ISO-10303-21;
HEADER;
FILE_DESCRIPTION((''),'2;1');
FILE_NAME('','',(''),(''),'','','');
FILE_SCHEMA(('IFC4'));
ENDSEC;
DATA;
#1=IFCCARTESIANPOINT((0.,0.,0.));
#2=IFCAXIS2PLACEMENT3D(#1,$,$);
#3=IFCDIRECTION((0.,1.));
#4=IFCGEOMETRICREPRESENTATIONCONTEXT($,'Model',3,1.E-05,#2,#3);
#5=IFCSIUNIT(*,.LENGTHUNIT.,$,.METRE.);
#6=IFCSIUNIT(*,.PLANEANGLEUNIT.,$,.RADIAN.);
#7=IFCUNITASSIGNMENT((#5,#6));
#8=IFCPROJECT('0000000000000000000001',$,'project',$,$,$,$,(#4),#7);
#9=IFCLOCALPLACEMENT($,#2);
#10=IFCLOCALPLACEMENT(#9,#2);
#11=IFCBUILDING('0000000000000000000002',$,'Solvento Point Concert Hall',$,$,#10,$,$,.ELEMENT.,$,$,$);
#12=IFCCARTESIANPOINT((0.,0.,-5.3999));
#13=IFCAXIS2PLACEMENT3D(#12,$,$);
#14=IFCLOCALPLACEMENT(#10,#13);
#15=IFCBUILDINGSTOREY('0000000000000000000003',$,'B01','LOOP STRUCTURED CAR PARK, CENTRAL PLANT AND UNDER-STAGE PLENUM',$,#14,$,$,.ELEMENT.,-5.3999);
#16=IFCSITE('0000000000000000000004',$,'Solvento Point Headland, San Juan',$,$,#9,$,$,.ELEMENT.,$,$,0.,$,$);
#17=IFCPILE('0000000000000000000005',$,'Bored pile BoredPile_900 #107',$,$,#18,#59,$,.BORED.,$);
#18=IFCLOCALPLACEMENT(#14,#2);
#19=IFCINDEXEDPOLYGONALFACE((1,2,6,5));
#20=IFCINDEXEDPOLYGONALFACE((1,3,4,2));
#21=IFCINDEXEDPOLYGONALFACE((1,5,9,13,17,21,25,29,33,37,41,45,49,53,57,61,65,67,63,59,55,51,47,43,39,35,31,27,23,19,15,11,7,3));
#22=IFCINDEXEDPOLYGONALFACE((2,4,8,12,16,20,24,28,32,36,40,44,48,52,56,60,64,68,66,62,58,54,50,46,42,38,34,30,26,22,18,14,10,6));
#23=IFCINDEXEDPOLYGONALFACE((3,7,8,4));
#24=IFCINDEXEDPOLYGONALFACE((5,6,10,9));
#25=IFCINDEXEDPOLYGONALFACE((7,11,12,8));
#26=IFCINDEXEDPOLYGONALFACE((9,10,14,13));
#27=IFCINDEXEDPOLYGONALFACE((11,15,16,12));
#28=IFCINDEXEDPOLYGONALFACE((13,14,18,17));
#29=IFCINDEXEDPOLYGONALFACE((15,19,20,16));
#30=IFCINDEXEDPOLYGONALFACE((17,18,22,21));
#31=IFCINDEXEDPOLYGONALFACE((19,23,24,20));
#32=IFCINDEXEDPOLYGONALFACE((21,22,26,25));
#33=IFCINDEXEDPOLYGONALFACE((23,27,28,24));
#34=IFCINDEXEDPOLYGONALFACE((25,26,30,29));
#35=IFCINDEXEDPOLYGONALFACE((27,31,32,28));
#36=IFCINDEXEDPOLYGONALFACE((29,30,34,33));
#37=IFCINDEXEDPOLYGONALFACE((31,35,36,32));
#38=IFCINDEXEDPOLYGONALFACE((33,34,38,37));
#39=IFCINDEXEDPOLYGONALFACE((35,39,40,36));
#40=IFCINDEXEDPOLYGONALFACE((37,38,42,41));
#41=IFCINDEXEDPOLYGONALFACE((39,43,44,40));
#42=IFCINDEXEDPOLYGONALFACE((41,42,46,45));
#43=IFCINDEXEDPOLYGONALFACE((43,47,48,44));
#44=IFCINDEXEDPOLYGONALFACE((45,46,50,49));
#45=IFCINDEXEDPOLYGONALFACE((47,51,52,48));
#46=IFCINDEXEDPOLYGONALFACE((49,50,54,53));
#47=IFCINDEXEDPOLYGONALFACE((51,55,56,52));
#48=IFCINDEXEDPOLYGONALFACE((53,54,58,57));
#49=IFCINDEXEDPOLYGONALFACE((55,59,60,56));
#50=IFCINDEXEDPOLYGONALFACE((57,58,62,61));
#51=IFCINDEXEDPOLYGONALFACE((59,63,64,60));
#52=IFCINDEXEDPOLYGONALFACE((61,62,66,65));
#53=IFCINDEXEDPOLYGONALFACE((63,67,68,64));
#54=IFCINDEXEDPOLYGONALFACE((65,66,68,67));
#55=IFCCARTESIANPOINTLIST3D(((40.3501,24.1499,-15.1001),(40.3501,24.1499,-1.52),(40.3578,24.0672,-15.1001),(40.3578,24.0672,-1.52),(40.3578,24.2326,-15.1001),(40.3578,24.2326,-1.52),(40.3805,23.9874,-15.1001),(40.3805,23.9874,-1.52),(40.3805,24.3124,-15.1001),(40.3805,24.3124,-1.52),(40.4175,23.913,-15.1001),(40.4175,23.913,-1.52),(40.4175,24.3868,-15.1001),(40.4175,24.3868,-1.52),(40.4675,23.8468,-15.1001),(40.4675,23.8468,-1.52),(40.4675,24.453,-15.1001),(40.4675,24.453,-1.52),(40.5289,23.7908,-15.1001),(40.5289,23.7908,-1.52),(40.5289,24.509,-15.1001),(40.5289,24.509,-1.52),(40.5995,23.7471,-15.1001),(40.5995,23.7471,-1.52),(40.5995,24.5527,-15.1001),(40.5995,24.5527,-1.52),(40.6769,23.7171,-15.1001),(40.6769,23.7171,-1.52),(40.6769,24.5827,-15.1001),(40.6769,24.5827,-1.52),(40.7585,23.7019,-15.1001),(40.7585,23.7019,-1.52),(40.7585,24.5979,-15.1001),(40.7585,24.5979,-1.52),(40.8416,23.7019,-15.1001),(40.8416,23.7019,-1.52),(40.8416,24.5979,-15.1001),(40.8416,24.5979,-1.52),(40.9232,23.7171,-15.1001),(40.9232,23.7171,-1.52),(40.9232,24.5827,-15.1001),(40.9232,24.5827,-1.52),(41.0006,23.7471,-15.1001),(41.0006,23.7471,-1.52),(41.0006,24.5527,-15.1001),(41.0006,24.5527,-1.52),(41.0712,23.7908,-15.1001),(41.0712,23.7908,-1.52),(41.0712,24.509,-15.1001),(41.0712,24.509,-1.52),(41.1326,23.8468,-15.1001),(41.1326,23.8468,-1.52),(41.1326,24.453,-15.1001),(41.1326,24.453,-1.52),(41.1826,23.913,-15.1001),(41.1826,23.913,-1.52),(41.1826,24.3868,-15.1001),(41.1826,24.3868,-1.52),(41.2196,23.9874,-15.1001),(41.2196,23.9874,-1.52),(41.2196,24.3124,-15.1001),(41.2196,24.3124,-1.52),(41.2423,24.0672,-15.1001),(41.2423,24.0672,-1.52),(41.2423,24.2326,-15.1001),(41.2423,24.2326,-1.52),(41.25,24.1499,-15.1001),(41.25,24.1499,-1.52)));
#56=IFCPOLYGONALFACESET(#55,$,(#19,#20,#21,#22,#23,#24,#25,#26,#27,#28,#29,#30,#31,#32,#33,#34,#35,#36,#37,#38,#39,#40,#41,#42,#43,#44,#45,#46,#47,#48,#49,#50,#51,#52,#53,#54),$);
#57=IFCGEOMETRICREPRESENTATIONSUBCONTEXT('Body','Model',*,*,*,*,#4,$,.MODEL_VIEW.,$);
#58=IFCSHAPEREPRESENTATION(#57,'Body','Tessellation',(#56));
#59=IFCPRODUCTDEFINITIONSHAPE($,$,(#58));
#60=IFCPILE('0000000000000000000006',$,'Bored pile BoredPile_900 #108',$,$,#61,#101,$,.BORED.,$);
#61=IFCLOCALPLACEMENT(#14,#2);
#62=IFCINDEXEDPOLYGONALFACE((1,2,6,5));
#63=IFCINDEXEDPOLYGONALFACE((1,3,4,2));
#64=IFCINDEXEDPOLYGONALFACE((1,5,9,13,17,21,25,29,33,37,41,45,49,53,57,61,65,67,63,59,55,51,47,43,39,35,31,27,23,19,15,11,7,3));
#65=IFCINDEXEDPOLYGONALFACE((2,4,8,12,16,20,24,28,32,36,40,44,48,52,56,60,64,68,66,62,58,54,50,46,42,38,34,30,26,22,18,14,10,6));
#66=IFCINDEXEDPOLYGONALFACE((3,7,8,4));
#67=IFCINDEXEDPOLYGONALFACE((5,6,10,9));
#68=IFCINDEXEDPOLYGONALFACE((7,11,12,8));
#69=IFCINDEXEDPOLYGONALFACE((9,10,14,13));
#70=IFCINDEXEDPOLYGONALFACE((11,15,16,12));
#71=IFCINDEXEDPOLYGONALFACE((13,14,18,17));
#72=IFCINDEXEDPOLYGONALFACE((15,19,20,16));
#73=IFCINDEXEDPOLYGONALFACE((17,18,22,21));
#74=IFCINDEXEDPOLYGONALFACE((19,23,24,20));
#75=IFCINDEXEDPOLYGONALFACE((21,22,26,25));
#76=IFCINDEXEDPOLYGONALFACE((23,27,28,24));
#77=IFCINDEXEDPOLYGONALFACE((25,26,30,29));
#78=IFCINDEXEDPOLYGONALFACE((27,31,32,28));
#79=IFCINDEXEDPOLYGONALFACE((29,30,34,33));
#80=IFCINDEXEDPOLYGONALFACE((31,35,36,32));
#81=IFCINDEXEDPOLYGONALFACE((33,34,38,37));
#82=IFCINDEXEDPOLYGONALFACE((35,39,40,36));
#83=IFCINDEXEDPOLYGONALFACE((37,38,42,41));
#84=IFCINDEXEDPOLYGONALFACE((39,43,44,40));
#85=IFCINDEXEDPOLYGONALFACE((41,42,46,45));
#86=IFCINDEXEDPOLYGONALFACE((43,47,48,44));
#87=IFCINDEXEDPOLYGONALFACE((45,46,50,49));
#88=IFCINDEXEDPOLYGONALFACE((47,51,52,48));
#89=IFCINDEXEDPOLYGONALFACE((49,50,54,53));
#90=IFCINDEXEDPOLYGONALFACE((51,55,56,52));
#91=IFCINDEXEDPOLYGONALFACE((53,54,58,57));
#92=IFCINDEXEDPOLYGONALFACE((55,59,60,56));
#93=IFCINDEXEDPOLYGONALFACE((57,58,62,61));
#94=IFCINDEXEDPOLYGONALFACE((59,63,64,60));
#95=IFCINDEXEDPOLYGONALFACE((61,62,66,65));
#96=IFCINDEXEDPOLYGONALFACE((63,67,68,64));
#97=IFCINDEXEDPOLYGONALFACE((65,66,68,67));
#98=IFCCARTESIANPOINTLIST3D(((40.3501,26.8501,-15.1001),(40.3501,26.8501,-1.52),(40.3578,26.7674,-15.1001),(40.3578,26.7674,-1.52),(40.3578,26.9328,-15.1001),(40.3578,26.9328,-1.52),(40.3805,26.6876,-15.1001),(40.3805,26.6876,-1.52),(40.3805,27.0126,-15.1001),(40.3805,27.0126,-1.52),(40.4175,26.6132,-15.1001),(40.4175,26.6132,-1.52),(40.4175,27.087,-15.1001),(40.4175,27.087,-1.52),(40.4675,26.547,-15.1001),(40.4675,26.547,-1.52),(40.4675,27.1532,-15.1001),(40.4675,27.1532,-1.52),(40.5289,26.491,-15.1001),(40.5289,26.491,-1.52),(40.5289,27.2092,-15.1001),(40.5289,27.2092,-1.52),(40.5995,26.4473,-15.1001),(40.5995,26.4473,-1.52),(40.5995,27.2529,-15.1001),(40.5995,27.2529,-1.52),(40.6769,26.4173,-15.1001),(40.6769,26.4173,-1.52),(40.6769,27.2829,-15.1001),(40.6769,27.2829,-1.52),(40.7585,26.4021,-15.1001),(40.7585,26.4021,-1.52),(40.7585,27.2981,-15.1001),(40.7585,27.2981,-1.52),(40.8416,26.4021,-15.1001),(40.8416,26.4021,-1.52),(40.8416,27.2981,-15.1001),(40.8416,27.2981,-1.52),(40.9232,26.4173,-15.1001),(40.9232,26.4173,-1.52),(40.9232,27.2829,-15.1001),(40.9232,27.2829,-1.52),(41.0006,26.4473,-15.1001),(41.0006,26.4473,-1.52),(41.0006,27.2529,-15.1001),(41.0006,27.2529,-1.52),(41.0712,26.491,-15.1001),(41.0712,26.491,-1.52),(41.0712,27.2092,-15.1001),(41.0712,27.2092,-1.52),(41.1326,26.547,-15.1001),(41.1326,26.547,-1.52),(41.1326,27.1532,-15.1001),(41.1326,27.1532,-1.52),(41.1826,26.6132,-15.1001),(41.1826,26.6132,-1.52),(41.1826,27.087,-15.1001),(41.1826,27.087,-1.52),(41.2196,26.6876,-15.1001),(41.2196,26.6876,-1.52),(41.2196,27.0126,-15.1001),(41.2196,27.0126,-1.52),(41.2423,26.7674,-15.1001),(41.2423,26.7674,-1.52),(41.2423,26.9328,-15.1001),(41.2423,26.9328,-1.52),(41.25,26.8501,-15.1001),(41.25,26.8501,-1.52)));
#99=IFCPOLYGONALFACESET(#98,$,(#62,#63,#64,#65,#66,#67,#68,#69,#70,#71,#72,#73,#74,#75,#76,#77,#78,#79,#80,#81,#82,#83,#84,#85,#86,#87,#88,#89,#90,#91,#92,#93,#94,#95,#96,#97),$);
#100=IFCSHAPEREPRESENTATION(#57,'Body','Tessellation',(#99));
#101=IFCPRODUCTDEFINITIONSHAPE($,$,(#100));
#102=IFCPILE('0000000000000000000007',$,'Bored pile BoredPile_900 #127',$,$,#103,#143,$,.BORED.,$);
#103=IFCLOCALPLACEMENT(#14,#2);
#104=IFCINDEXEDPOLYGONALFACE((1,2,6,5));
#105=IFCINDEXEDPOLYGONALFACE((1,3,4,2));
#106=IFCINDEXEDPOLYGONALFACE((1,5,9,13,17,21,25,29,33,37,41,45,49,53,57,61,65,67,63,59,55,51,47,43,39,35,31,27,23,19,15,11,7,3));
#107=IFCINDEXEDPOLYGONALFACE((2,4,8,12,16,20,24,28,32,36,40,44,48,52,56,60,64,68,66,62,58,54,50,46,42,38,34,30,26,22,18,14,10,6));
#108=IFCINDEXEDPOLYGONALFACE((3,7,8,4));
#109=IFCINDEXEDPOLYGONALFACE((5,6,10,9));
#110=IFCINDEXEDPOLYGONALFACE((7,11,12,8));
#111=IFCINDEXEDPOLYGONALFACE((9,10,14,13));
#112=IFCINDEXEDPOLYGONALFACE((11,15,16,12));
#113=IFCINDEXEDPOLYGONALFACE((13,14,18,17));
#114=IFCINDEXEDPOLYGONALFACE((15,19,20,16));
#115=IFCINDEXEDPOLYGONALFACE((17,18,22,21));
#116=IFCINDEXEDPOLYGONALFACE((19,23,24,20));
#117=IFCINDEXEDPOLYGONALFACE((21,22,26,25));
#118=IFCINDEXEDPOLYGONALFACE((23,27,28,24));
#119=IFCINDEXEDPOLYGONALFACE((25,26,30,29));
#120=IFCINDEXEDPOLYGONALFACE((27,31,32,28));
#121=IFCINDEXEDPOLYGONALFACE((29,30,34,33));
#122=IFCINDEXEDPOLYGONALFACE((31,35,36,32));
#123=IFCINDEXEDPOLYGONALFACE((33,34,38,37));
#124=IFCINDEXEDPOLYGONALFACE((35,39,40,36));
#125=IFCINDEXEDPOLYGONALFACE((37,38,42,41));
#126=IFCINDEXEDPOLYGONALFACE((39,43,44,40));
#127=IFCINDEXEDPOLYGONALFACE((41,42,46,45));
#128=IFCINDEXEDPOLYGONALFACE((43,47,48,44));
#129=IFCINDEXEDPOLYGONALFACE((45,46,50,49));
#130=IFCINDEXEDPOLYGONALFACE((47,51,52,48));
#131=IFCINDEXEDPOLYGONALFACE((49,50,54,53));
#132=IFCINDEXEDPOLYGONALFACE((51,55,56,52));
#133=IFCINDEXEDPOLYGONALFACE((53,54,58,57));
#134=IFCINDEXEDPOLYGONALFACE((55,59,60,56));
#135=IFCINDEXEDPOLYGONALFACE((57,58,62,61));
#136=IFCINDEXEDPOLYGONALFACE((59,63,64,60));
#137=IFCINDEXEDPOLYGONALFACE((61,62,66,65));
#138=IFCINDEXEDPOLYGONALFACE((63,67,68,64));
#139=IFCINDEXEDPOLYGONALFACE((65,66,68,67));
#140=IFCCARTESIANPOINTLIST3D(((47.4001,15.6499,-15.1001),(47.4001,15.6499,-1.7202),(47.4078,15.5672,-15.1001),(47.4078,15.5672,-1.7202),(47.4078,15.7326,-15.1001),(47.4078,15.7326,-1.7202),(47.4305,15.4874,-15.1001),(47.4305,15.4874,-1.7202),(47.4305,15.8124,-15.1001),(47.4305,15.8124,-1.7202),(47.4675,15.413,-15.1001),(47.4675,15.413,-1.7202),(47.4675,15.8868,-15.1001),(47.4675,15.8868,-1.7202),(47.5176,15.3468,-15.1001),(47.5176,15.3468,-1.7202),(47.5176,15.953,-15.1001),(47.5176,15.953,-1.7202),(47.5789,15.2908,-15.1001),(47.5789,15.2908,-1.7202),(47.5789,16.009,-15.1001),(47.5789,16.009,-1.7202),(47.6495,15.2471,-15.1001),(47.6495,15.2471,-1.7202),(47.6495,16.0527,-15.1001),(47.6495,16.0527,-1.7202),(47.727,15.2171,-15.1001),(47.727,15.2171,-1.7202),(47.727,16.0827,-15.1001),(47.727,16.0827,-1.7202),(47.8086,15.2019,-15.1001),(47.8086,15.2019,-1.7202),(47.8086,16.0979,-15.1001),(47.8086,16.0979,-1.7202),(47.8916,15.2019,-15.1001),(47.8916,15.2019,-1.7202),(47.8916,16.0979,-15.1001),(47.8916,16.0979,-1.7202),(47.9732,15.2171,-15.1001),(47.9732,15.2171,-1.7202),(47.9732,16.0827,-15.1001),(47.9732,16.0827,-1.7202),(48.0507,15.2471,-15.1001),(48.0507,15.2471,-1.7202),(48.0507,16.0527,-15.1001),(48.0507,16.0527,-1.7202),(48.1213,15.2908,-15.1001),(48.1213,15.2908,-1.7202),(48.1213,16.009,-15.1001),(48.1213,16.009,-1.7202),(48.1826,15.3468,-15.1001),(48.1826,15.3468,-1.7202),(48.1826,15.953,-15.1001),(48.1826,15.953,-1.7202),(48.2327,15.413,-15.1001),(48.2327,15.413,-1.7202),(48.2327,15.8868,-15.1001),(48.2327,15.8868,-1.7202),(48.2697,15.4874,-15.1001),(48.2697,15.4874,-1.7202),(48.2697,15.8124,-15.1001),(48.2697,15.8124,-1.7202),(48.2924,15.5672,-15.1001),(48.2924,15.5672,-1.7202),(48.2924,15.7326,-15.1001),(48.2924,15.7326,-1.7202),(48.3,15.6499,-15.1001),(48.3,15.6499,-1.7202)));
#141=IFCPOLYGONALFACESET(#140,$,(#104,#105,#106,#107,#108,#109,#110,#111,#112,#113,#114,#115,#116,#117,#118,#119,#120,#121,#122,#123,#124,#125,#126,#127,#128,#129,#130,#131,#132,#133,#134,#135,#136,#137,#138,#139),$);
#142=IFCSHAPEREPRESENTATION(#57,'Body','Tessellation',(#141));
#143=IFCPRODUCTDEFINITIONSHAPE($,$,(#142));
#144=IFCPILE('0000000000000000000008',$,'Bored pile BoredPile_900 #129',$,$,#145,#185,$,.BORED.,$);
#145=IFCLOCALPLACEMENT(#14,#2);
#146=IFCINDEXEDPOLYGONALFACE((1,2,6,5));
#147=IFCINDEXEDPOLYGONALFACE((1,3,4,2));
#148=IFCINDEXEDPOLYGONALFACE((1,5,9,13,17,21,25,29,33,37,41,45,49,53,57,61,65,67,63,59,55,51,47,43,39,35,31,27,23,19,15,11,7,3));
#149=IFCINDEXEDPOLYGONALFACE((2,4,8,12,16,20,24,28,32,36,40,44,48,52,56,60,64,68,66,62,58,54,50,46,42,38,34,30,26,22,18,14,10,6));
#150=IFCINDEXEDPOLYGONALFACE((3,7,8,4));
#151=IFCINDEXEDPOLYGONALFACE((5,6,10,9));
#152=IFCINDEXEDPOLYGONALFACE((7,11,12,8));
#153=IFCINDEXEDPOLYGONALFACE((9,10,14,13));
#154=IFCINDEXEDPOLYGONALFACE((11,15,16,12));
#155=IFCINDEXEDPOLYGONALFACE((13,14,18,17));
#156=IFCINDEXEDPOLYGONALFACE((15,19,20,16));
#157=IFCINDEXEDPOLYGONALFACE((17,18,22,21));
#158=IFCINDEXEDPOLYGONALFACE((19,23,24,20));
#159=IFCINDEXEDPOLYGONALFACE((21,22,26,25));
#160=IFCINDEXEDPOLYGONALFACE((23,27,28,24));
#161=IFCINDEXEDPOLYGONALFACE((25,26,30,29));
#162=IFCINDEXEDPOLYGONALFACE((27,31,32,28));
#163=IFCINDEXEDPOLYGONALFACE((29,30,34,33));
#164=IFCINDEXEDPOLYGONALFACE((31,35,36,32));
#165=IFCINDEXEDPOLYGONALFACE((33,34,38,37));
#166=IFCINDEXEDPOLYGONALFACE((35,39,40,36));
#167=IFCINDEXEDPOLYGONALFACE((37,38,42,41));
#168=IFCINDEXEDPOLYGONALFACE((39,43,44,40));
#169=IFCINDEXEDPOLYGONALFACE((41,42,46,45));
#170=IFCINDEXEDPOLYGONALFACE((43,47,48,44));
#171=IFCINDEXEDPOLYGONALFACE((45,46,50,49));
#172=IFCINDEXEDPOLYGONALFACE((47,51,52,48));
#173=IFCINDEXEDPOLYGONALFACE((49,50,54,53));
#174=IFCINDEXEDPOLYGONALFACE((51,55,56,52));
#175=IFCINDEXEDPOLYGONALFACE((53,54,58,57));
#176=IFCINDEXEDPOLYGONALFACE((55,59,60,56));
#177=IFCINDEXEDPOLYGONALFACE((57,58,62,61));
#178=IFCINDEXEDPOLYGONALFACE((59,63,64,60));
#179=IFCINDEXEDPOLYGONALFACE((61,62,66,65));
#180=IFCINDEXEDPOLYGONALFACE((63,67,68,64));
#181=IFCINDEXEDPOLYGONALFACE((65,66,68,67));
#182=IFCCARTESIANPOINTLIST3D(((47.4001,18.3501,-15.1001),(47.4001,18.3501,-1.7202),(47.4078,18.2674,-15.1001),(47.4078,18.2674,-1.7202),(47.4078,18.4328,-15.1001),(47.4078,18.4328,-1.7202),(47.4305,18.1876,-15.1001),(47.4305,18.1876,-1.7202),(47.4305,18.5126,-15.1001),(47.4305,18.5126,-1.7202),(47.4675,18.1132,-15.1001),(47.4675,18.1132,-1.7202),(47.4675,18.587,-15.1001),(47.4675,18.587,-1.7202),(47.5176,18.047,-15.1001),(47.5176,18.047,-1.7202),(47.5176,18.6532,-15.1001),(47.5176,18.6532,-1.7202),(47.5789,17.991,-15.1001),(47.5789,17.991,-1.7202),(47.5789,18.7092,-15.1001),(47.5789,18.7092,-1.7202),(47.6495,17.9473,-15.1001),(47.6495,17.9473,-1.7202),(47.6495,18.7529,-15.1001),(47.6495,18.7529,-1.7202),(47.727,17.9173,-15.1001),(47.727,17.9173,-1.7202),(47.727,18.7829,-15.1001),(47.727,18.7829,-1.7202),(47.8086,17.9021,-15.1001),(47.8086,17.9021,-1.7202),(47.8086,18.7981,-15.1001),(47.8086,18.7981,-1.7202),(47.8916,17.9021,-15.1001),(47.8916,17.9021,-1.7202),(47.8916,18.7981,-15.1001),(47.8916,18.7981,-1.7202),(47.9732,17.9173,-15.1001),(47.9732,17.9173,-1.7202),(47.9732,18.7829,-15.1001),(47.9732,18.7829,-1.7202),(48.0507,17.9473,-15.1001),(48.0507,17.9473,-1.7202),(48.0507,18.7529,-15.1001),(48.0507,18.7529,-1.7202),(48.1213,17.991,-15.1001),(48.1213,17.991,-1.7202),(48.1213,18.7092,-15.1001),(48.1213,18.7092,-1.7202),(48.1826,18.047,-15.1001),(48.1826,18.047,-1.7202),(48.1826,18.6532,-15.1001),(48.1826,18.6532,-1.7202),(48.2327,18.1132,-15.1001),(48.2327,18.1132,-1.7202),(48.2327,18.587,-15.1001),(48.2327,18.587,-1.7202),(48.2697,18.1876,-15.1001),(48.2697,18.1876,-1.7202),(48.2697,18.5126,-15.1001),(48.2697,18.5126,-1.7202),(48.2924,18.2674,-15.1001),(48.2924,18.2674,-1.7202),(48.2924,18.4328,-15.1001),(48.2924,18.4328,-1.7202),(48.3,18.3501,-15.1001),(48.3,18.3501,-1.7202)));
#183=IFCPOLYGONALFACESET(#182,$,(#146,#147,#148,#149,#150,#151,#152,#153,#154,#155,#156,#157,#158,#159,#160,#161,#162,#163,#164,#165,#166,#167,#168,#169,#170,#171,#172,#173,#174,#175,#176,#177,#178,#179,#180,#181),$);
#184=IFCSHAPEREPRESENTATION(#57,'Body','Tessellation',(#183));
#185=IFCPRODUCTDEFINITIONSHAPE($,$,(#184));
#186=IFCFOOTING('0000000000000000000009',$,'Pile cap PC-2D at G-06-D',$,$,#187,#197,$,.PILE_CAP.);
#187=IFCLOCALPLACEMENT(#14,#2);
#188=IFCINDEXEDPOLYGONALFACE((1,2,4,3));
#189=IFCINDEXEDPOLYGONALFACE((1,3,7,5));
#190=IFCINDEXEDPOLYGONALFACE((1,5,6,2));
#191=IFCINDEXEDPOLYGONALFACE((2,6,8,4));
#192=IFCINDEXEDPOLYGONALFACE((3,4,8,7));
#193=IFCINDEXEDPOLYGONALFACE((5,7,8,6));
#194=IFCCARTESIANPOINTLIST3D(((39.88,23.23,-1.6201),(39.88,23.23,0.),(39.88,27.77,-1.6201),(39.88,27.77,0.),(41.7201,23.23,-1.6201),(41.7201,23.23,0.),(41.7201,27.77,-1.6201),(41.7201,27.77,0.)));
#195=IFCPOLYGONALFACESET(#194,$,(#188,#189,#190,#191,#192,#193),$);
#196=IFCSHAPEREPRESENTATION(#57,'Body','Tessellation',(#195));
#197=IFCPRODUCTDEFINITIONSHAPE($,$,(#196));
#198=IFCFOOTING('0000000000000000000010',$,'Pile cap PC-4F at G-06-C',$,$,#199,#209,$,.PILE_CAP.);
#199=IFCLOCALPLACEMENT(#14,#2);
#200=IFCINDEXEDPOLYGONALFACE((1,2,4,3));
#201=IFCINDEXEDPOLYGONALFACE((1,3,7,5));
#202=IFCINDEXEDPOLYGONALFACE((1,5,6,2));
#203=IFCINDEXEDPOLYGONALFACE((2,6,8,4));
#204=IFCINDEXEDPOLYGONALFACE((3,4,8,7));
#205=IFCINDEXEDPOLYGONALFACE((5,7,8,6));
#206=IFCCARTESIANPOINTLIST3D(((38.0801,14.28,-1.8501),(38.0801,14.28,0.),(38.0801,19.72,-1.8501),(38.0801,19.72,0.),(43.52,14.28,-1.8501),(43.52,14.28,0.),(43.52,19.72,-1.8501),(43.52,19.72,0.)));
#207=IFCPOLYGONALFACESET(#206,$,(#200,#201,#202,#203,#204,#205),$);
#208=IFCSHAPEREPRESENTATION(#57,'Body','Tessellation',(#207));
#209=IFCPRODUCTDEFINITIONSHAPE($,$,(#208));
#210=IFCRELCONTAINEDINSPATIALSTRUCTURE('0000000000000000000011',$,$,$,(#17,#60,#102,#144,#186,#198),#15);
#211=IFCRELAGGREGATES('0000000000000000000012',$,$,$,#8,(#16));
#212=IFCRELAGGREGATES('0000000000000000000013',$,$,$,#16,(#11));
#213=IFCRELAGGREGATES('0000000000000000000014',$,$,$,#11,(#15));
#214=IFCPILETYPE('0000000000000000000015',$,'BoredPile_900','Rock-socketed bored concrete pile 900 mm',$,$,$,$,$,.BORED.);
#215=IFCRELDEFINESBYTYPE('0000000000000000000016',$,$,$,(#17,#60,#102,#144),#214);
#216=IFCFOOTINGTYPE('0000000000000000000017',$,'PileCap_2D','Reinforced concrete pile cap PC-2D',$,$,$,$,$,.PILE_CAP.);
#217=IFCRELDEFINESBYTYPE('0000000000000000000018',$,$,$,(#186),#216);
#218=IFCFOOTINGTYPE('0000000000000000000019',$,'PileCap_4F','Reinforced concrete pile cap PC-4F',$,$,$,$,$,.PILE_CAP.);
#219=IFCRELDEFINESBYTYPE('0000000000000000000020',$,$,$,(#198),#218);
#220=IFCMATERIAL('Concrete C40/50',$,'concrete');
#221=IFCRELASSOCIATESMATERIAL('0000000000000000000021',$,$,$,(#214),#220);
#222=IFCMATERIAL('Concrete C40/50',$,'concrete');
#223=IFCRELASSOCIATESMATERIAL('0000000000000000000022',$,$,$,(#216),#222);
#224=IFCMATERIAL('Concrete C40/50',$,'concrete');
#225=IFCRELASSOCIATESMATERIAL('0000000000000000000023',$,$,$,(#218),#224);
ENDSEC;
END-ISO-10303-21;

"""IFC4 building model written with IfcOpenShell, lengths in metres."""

from ifc_helpers import new_model, si_unit, direction, frame, origin, origin_2d, place, context, subcontext, project, spatial, rectangle, circle, extrude, material, material_profile, profile_set, type_object, element, save


model = new_model("IFC4")

# Units and contexts
model_context = context("Model", 3, precision=1e-05, world=origin(), true_north=direction((0.0, 1.0)))
body_context = subcontext(model_context, "Body", "Model", "MODEL_VIEW")
ifc_project = project(units=[si_unit("LENGTHUNIT", "METRE"), si_unit("PLANEANGLEUNIT", "RADIAN")], contexts=[model_context])

# Site, building, storey
site_placement = place(None, origin())
site = spatial("IfcSite", under=ifc_project, at=site_placement, Name="Solvento Point Headland, San Juan", CompositionType="ELEMENT", RefElevation=0.0)
building_placement = place(site_placement, origin())
building = spatial("IfcBuilding", under=site, at=building_placement, Name="Solvento Point Concert Hall", CompositionType="ELEMENT")
storey_placement = place(building_placement, frame((0.0, 0.0, -5.3999)))
storey = spatial("IfcBuildingStorey", under=building, at=storey_placement, Name="B01", Description="LOOP STRUCTURED CAR PARK, CENTRAL PLANT AND UNDER-STAGE PLENUM", CompositionType="ELEMENT", Elevation=-5.3999)

# Piles
ifc_material_1 = material(Name="Concrete C40/50", Category="concrete")
ifc_material_profile_1 = material_profile(ifc_material_1, circle(Radius=0.45, at=origin_2d()), Name="BP-900")
ifc_profile_set_1 = profile_set([ifc_material_profile_1], Name="Concrete C40/50")
pile_type_1 = type_object("IfcPileType", Name="BoredPile_900", Description="Rock-socketed bored concrete pile 900 mm", PredefinedType="BORED", material=ifc_profile_set_1)
for number, where, z_axis, x_axis, name in (
    (1, (40.8, 24.1499, -1.52), (0.0, 0.0, -1.0), (1.0, 0.0, 0.0), "Bored pile BoredPile_900 #107"),
    (2, (40.8, 26.8501, -1.52), (0.0, 0.0, -1.0), (1.0, 0.0, 0.0), "Bored pile BoredPile_900 #108"),
):
    element("IfcPile", number, at=place(storey_placement, frame(where, z_axis=z_axis, x_axis=x_axis)), inside=storey, type_object=pile_type_1, Name=name, PredefinedType="BORED", context=body_context, shape_type="SweptSolid", body=[
        extrude(circle(Radius=0.45, at=origin_2d()), origin(), (0.0, 0.0, 1.0), 13.5801),
    ])
for number, where, z_axis, x_axis, name in (
    (3, (47.8501, 15.6499, -1.7202), (0.0, 0.0, -1.0), (1.0, 0.0, 0.0), "Bored pile BoredPile_900 #127"),
    (4, (47.8501, 18.3501, -1.7202), (0.0, 0.0, -1.0), (1.0, 0.0, 0.0), "Bored pile BoredPile_900 #129"),
):
    element("IfcPile", number, at=place(storey_placement, frame(where, z_axis=z_axis, x_axis=x_axis)), inside=storey, type_object=pile_type_1, Name=name, PredefinedType="BORED", context=body_context, shape_type="SweptSolid", body=[
        extrude(circle(Radius=0.45, at=origin_2d()), origin(), (0.0, 0.0, 1.0), 13.3799),
    ])

# Footings
ifc_material_2 = material(Name="Concrete C40/50", Category="concrete")
footing_type_1 = type_object("IfcFootingType", Name="PileCap_2D", Description="Reinforced concrete pile cap PC-2D", PredefinedType="PILE_CAP", material=ifc_material_2)
footing_1_placement = place(storey_placement, frame((40.8, 25.5, -1.6201), z_axis=(0.0, 0.0, 1.0), x_axis=(1.0, 0.0, 0.0)))
element("IfcFooting", 5, at=footing_1_placement, inside=storey, type_object=footing_type_1, Name="Pile cap PC-2D at G-06-D", PredefinedType="PILE_CAP", context=body_context, shape_type="SweptSolid", body=[
    extrude(rectangle(XDim=1.8401, YDim=4.54, at=origin_2d()), origin(), (0.0, 0.0, 1.0), 1.6201),
])
ifc_material_3 = material(Name="Concrete C40/50", Category="concrete")
footing_type_2 = type_object("IfcFootingType", Name="PileCap_4F", Description="Reinforced concrete pile cap PC-4F", PredefinedType="PILE_CAP", material=ifc_material_3)
footing_2_placement = place(storey_placement, frame((40.8, 17.0, -1.8501), z_axis=(0.0, 0.0, 1.0), x_axis=(1.0, 0.0, 0.0)))
element("IfcFooting", 6, at=footing_2_placement, inside=storey, type_object=footing_type_2, Name="Pile cap PC-4F at G-06-C", PredefinedType="PILE_CAP", context=body_context, shape_type="SweptSolid", body=[
    extrude(rectangle(XDim=5.4399, YDim=5.4399, at=origin_2d()), origin(), (0.0, 0.0, 1.0), 1.8501),
])

save(model, "model.ifc")
